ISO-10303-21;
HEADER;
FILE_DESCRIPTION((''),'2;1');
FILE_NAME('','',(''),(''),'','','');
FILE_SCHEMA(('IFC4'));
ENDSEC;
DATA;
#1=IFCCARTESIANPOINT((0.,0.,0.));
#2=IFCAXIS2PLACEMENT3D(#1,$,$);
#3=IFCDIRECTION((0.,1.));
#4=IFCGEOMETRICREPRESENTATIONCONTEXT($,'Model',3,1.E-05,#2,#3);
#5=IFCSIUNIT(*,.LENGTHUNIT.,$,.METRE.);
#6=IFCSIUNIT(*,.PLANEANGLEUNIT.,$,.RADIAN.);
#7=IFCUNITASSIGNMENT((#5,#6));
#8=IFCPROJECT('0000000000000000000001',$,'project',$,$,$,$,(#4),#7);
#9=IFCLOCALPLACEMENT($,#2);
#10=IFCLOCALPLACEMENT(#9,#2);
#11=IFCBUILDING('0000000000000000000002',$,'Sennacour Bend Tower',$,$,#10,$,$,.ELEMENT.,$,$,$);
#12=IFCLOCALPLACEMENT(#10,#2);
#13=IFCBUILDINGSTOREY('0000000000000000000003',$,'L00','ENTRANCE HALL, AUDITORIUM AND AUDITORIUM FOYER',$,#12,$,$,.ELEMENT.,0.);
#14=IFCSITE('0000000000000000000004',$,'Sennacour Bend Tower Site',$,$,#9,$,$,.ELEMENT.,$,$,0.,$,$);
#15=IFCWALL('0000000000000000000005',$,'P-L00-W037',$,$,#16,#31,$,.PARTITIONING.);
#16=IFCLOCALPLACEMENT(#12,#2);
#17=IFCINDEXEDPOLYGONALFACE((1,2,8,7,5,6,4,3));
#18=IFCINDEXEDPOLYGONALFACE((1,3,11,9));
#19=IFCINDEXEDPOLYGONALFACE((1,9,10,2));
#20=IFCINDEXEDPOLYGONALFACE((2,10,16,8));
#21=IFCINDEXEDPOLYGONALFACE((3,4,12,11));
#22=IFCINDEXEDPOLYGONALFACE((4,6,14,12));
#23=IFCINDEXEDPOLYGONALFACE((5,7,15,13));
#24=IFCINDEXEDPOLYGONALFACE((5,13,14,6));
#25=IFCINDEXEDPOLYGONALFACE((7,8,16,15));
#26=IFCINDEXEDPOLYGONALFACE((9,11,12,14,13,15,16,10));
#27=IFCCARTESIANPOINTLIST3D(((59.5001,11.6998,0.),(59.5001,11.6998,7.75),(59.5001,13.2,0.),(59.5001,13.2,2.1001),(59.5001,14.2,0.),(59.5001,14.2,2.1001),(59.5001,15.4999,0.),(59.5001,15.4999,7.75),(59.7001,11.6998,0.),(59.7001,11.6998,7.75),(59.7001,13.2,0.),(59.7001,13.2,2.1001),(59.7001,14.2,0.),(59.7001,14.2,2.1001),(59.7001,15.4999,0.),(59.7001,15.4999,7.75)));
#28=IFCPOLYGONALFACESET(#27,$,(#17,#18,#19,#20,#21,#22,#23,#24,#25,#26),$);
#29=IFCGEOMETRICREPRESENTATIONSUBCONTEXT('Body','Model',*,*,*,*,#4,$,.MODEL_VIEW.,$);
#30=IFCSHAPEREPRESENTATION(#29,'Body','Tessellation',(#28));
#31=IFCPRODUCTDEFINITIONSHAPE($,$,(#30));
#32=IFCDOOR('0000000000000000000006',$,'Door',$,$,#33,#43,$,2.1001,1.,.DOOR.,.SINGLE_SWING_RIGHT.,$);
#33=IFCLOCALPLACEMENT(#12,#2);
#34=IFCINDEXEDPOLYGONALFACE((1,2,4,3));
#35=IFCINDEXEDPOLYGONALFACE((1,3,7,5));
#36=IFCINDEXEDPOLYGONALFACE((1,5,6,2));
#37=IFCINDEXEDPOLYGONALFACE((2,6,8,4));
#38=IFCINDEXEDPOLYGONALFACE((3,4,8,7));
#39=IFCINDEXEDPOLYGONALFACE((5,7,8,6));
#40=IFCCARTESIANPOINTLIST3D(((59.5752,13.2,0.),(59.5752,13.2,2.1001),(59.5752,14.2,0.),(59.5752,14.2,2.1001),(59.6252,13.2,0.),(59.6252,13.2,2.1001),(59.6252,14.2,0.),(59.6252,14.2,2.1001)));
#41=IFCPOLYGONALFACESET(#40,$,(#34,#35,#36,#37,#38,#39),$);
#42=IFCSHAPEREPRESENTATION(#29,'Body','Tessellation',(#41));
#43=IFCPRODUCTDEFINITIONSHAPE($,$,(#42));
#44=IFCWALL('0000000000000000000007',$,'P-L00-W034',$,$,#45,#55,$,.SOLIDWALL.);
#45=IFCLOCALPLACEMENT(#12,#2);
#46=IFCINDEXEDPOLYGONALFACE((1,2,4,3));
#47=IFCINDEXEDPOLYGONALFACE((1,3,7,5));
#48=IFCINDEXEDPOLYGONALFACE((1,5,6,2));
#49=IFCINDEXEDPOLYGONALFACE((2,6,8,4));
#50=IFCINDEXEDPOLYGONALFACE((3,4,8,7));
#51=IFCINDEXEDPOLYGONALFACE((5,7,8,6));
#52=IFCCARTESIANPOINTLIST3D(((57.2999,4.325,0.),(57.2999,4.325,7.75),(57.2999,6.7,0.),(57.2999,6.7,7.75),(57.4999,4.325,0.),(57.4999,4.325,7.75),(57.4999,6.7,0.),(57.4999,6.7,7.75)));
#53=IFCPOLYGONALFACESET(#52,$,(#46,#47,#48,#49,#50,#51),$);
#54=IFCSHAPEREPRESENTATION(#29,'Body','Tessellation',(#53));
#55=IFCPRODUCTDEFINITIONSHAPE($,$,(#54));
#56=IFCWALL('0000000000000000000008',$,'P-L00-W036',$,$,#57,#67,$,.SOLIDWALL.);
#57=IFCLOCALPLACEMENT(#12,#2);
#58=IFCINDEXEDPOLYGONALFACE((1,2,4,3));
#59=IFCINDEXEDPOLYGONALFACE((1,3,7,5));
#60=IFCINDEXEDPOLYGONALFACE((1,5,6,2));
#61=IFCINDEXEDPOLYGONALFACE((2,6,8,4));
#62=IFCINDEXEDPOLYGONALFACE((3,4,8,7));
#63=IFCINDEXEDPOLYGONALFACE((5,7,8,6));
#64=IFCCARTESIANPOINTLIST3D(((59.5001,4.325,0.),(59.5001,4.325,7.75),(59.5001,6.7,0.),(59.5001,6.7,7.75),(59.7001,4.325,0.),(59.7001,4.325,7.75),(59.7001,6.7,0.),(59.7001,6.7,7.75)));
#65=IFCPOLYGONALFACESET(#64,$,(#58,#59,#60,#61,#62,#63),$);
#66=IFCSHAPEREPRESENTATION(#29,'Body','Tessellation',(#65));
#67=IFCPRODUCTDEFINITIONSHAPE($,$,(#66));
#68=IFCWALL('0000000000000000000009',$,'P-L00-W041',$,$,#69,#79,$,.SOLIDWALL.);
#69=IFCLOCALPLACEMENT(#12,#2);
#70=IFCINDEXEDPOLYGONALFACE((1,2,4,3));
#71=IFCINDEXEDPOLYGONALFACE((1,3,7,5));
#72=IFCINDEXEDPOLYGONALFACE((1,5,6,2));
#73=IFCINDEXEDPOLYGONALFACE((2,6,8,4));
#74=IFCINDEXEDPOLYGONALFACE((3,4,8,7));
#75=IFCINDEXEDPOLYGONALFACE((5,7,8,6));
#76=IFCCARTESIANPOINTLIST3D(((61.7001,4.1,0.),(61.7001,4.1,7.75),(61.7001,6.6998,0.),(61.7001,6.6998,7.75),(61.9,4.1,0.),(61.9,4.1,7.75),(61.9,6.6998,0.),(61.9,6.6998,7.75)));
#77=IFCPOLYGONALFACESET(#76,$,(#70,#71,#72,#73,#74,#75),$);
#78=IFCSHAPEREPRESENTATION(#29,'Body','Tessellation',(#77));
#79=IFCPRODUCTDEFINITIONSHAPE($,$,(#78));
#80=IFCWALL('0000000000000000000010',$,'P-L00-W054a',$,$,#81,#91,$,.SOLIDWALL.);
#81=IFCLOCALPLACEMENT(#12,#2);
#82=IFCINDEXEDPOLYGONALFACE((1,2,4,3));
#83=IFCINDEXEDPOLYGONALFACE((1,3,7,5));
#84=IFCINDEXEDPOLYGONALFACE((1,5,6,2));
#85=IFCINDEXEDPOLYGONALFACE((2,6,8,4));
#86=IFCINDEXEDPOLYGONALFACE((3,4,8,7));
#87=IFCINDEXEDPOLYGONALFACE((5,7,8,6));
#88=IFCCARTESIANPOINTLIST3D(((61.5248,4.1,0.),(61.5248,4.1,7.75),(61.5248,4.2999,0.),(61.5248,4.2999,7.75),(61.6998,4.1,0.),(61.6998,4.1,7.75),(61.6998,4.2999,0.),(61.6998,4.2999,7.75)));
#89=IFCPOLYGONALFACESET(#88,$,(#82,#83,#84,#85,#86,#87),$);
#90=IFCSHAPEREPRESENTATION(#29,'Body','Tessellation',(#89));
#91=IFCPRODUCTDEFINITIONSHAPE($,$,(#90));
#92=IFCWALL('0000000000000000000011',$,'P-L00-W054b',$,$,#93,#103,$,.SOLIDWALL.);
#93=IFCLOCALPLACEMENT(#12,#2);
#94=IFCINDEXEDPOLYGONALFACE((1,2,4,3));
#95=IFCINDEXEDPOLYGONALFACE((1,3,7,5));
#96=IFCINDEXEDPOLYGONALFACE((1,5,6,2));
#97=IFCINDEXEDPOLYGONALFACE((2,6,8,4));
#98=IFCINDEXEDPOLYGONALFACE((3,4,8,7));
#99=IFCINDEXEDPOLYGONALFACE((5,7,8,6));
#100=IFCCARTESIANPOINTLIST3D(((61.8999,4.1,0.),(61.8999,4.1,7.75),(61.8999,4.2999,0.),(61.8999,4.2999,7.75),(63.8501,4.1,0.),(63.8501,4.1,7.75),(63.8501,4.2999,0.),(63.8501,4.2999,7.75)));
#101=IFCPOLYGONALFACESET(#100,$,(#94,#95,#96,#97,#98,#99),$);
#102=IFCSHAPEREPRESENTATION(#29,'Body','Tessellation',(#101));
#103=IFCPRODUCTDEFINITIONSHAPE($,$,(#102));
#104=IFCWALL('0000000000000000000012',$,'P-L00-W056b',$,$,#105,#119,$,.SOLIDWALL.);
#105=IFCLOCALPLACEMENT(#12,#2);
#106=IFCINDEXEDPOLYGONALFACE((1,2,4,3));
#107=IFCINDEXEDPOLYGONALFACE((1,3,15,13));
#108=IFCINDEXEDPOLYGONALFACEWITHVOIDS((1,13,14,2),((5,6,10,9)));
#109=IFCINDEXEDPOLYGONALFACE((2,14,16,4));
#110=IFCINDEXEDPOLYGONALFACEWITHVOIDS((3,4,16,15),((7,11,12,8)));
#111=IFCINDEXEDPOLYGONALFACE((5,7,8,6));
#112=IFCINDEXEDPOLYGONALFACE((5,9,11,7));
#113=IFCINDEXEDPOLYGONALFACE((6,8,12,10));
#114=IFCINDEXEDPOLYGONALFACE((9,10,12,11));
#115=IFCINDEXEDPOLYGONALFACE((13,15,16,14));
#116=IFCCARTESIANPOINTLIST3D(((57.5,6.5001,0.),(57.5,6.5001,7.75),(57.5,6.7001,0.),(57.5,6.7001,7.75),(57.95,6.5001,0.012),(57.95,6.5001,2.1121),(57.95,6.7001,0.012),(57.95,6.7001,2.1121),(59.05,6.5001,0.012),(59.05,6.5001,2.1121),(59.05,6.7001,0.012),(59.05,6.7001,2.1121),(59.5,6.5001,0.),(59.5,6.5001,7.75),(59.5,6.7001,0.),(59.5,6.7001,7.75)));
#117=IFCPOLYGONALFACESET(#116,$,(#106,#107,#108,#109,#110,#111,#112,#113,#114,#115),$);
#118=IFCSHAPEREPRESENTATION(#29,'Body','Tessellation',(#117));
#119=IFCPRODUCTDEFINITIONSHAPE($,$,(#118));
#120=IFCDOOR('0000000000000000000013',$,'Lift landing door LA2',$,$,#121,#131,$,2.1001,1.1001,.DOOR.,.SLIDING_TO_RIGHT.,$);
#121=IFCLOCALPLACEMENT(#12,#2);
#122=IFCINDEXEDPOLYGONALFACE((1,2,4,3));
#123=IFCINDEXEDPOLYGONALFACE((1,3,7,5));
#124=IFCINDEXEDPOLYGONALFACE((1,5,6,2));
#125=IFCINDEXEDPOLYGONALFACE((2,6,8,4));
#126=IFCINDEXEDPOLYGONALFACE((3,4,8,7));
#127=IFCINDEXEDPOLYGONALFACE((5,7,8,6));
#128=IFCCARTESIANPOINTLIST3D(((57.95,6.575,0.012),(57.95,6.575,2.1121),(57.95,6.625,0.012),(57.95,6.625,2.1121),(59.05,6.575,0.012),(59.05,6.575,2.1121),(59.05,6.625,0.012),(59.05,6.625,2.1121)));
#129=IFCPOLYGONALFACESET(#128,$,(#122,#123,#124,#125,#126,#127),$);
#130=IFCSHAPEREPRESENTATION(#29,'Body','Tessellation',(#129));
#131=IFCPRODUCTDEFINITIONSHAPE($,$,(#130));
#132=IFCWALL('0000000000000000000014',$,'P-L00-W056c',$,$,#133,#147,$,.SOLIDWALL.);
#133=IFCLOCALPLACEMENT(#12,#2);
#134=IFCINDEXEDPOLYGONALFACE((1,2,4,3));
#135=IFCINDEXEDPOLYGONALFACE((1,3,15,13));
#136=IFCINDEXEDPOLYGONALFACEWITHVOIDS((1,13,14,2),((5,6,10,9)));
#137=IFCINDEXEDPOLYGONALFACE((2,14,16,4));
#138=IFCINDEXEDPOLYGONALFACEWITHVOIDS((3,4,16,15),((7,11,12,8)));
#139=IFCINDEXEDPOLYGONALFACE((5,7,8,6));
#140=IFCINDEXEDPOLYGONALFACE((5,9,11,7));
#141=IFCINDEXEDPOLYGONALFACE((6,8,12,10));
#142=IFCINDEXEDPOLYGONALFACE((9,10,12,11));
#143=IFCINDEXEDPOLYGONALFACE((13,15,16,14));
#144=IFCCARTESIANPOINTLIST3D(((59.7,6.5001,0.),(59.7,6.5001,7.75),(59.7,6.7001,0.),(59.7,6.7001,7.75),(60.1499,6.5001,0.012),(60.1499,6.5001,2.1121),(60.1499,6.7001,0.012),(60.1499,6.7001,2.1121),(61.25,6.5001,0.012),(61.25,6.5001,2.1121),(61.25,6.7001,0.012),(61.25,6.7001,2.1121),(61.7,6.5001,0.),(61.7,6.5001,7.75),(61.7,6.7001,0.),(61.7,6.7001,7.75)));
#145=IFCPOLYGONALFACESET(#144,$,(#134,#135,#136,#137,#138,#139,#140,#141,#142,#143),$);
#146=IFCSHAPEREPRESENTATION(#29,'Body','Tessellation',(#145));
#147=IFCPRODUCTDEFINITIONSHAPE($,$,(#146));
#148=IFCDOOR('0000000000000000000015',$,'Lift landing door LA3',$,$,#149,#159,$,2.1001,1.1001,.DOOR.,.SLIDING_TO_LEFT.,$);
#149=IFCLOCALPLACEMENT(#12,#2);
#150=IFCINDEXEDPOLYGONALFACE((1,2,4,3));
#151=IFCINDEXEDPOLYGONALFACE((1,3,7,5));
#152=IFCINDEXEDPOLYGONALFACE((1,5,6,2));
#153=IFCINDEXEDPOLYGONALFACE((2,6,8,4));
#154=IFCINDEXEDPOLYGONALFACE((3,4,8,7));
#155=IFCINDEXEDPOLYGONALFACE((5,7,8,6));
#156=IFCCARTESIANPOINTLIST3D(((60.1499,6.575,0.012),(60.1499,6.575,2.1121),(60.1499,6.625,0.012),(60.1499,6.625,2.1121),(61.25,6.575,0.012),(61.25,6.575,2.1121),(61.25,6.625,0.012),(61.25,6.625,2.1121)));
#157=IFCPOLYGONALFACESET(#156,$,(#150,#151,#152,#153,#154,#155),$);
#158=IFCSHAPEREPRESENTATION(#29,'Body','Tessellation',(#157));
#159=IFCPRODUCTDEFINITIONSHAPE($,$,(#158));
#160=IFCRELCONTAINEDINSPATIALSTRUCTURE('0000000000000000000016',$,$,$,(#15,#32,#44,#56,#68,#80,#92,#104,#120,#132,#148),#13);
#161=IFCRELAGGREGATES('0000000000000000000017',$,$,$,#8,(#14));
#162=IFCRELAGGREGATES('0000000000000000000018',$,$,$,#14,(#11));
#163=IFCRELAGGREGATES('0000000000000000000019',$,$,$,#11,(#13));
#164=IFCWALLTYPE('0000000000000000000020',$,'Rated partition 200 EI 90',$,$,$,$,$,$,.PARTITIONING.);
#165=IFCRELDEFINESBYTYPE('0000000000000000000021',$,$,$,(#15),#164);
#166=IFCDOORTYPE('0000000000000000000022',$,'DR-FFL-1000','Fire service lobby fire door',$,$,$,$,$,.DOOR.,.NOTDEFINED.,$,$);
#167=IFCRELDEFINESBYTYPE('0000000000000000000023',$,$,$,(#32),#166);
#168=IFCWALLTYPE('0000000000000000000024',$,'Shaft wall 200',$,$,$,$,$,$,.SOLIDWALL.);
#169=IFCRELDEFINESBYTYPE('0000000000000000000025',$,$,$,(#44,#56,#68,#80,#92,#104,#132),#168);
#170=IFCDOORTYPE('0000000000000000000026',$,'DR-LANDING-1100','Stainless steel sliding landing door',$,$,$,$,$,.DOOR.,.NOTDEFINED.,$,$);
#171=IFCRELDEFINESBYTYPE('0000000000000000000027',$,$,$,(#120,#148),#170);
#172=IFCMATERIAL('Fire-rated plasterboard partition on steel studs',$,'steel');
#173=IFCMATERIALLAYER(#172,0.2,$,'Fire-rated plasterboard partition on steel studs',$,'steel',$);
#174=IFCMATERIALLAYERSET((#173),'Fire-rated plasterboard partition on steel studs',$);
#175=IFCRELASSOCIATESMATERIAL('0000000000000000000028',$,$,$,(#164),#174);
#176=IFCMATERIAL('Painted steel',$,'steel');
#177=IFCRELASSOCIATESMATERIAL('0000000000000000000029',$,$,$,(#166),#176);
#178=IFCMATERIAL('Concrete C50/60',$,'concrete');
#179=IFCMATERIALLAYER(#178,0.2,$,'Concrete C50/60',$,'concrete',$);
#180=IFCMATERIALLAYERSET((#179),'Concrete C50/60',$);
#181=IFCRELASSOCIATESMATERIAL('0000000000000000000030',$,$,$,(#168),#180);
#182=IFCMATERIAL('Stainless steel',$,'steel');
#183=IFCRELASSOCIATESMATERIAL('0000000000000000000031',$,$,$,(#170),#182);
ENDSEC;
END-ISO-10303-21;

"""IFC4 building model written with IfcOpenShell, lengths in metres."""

from ifc_helpers import new_model, si_unit, direction, frame, frame_2d, origin, place, context, subcontext, project, spatial, rectangle, extrude, material, layer, layer_set, type_object, element, fill, save


model = new_model("IFC4")

# Units and contexts
model_context = context("Model", 3, precision=1e-05, world=origin(), true_north=direction((0.0, 1.0)))
body_context = subcontext(model_context, "Body", "Model", "MODEL_VIEW")
ifc_project = project(units=[si_unit("LENGTHUNIT", "METRE"), si_unit("PLANEANGLEUNIT", "RADIAN")], contexts=[model_context])

# Site, building, storey
site_placement = place(None, origin())
site = spatial("IfcSite", under=ifc_project, at=site_placement, Name="Sennacour Bend Tower Site", CompositionType="ELEMENT", RefElevation=0.0)
building_placement = place(site_placement, origin())
building = spatial("IfcBuilding", under=site, at=building_placement, Name="Sennacour Bend Tower", CompositionType="ELEMENT")
storey_placement = place(building_placement, origin())
storey = spatial("IfcBuildingStorey", under=building, at=storey_placement, Name="L00", Description="ENTRANCE HALL, AUDITORIUM AND AUDITORIUM FOYER", CompositionType="ELEMENT", Elevation=0.0)

# Shared definitions
ifc_material_1 = material(Name="Concrete C50/60", Category="concrete")

# Wall, opening, door
ifc_material_2 = material(Name="Fire-rated plasterboard partition on steel studs", Category="steel")
ifc_layer_1 = layer(ifc_material_2, 0.2, Name="Fire-rated plasterboard partition on steel studs", Category="steel")
ifc_layer_set_1 = layer_set([ifc_layer_1], Name="Fire-rated plasterboard partition on steel studs")
wall_type_1 = type_object("IfcWallType", Name="Rated partition 200 EI 90", PredefinedType="PARTITIONING", material=ifc_layer_set_1)
wall_1_placement = place(storey_placement, frame((59.6001, 11.7, 0.0), z_axis=(0.0, 0.0, 1.0), x_axis=(0.0, 1.0, 0.0)))
wall_1 = element("IfcWall", 1, at=wall_1_placement, inside=storey, type_object=wall_type_1, Name="P-L00-W037", PredefinedType="PARTITIONING", context=body_context, shape_type="SweptSolid", body=[
    extrude(rectangle(XDim=3.8, YDim=0.2, at=frame_2d((1.8999, 0.0))), origin(), (0.0, 0.0, 1.0), 7.75),
])
opening_1_placement = place(wall_1_placement, frame((1.5, 0.0, 0.0)))
opening_1 = element("IfcOpeningElement", 2, at=opening_1_placement, cuts=wall_1, PredefinedType="OPENING", context=body_context, shape_type="SweptSolid", body=[
    extrude(rectangle(XDim=1.0, YDim=2.1001, at=frame_2d((0.5, 1.05))), frame((0.0, 0.1099, 0.0), z_axis=(0.0, -1.0, 0.0), x_axis=(1.0, 0.0, 0.0)), (0.0, 0.0, 1.0), 0.22),
])
ifc_material_3 = material(Name="Painted steel", Category="steel")
door_type_1 = type_object("IfcDoorType", Name="DR-FFL-1000", Description="Fire service lobby fire door", OperationType="NOTDEFINED", PredefinedType="DOOR", material=ifc_material_3)
door_1_placement = place(opening_1_placement, origin())
door_1 = element("IfcDoor", 3, at=door_1_placement, inside=storey, type_object=door_type_1, Name="Door", OperationType="SINGLE_SWING_RIGHT", OverallHeight=2.1001, OverallWidth=1.0, PredefinedType="DOOR", context=body_context, shape_type="SweptSolid", body=[
    extrude(rectangle(XDim=1.0, YDim=2.1001, at=frame_2d((0.5, 1.05))), frame((0.0, 0.0249, 0.0), z_axis=(0.0, -1.0, 0.0), x_axis=(1.0, 0.0, 0.0)), (0.0, 0.0, 1.0), 0.05),
])
fill(opening_1, door_1)

# Walls
ifc_layer_2 = layer(ifc_material_1, 0.2, Name="Concrete C50/60", Category="concrete")
ifc_layer_set_2 = layer_set([ifc_layer_2], Name="Concrete C50/60")
wall_type_2 = type_object("IfcWallType", Name="Shaft wall 200", PredefinedType="SOLIDWALL", material=ifc_layer_set_2)
for number, where, z_axis, x_axis, name in (
    (4, (57.3999, 4.325, 0.0), (0.0, 0.0, 1.0), (0.0, 1.0, 0.0), "P-L00-W034"),
    (5, (59.6001, 4.325, 0.0), (0.0, 0.0, 1.0), (0.0, 1.0, 0.0), "P-L00-W036"),
):
    element("IfcWall", number, at=place(storey_placement, frame(where, z_axis=z_axis, x_axis=x_axis)), inside=storey, type_object=wall_type_2, Name=name, PredefinedType="SOLIDWALL", context=body_context, shape_type="SweptSolid", body=[
        extrude(rectangle(XDim=2.375, YDim=0.2, at=frame_2d((1.1875, 0.0))), origin(), (0.0, 0.0, 1.0), 7.75),
    ])
wall_2_placement = place(storey_placement, frame((61.8, 4.1001, 0.0), z_axis=(0.0, 0.0, 1.0), x_axis=(0.0, 1.0, 0.0)))
element("IfcWall", 6, at=wall_2_placement, inside=storey, type_object=wall_type_2, Name="P-L00-W041", PredefinedType="SOLIDWALL", context=body_context, shape_type="SweptSolid", body=[
    extrude(rectangle(XDim=2.5999, YDim=0.2, at=frame_2d((1.2998, 0.0))), origin(), (0.0, 0.0, 1.0), 7.75),
])
wall_3_placement = place(storey_placement, frame((61.5249, 4.2, 0.0), z_axis=(0.0, 0.0, 1.0), x_axis=(1.0, 0.0, 0.0)))
element("IfcWall", 7, at=wall_3_placement, inside=storey, type_object=wall_type_2, Name="P-L00-W054a", PredefinedType="SOLIDWALL", context=body_context, shape_type="SweptSolid", body=[
    extrude(rectangle(XDim=0.175, YDim=0.2, at=frame_2d((0.0874, 0.0))), origin(), (0.0, 0.0, 1.0), 7.75),
])
wall_4_placement = place(storey_placement, frame((61.8999, 4.2, 0.0), z_axis=(0.0, 0.0, 1.0), x_axis=(1.0, 0.0, 0.0)))
element("IfcWall", 8, at=wall_4_placement, inside=storey, type_object=wall_type_2, Name="P-L00-W054b", PredefinedType="SOLIDWALL", context=body_context, shape_type="SweptSolid", body=[
    extrude(rectangle(XDim=1.9502, YDim=0.2, at=frame_2d((0.9751, 0.0))), origin(), (0.0, 0.0, 1.0), 7.75),
])

# Walls, openings, doors
wall_5_placement = place(storey_placement, frame((57.5, 6.6001, 0.0), z_axis=(0.0, 0.0, 1.0), x_axis=(1.0, 0.0, 0.0)))
wall_5 = element("IfcWall", 9, at=wall_5_placement, inside=storey, type_object=wall_type_2, Name="P-L00-W056b", PredefinedType="SOLIDWALL", context=body_context, shape_type="SweptSolid", body=[
    extrude(rectangle(XDim=2.0, YDim=0.2, at=frame_2d((1.0, 0.0))), origin(), (0.0, 0.0, 1.0), 7.75),
])
opening_2_placement = place(wall_5_placement, frame((0.45, 0.0, 0.012)))
opening_2 = element("IfcOpeningElement", 10, at=opening_2_placement, cuts=wall_5, PredefinedType="OPENING", context=body_context, shape_type="SweptSolid", body=[
    extrude(rectangle(XDim=1.1001, YDim=2.1001, at=frame_2d((0.55, 1.05))), frame((0.0, 0.1099, 0.0), z_axis=(0.0, -1.0, 0.0), x_axis=(1.0, 0.0, 0.0)), (0.0, 0.0, 1.0), 0.22),
])
ifc_material_4 = material(Name="Stainless steel", Category="steel")
door_type_2 = type_object("IfcDoorType", Name="DR-LANDING-1100", Description="Stainless steel sliding landing door", OperationType="NOTDEFINED", PredefinedType="DOOR", material=ifc_material_4)
door_2_placement = place(opening_2_placement, origin())
door_2 = element("IfcDoor", 11, at=door_2_placement, inside=storey, type_object=door_type_2, Name="Lift landing door LA2", OperationType="SLIDING_TO_RIGHT", OverallHeight=2.1001, OverallWidth=1.1001, PredefinedType="DOOR", context=body_context, shape_type="SweptSolid", body=[
    extrude(rectangle(XDim=1.1001, YDim=2.1001, at=frame_2d((0.55, 1.05))), frame((0.0, 0.0249, 0.0), z_axis=(0.0, -1.0, 0.0), x_axis=(1.0, 0.0, 0.0)), (0.0, 0.0, 1.0), 0.05),
])
fill(opening_2, door_2)
wall_6_placement = place(storey_placement, frame((59.7, 6.6001, 0.0), z_axis=(0.0, 0.0, 1.0), x_axis=(1.0, 0.0, 0.0)))
wall_6 = element("IfcWall", 12, at=wall_6_placement, inside=storey, type_object=wall_type_2, Name="P-L00-W056c", PredefinedType="SOLIDWALL", context=body_context, shape_type="SweptSolid", body=[
    extrude(rectangle(XDim=2.0, YDim=0.2, at=frame_2d((1.0, 0.0))), origin(), (0.0, 0.0, 1.0), 7.75),
])
opening_3_placement = place(wall_6_placement, frame((0.45, 0.0, 0.012)))
opening_3 = element("IfcOpeningElement", 13, at=opening_3_placement, cuts=wall_6, PredefinedType="OPENING", context=body_context, shape_type="SweptSolid", body=[
    extrude(rectangle(XDim=1.1001, YDim=2.1001, at=frame_2d((0.55, 1.05))), frame((0.0, 0.1099, 0.0), z_axis=(0.0, -1.0, 0.0), x_axis=(1.0, 0.0, 0.0)), (0.0, 0.0, 1.0), 0.22),
])
door_3_placement = place(opening_3_placement, origin())
door_3 = element("IfcDoor", 14, at=door_3_placement, inside=storey, type_object=door_type_2, Name="Lift landing door LA3", OperationType="SLIDING_TO_LEFT", OverallHeight=2.1001, OverallWidth=1.1001, PredefinedType="DOOR", context=body_context, shape_type="SweptSolid", body=[
    extrude(rectangle(XDim=1.1001, YDim=2.1001, at=frame_2d((0.55, 1.05))), frame((0.0, 0.0249, 0.0), z_axis=(0.0, -1.0, 0.0), x_axis=(1.0, 0.0, 0.0)), (0.0, 0.0, 1.0), 0.05),
])
fill(opening_3, door_3)

save(model, "model.ifc")
